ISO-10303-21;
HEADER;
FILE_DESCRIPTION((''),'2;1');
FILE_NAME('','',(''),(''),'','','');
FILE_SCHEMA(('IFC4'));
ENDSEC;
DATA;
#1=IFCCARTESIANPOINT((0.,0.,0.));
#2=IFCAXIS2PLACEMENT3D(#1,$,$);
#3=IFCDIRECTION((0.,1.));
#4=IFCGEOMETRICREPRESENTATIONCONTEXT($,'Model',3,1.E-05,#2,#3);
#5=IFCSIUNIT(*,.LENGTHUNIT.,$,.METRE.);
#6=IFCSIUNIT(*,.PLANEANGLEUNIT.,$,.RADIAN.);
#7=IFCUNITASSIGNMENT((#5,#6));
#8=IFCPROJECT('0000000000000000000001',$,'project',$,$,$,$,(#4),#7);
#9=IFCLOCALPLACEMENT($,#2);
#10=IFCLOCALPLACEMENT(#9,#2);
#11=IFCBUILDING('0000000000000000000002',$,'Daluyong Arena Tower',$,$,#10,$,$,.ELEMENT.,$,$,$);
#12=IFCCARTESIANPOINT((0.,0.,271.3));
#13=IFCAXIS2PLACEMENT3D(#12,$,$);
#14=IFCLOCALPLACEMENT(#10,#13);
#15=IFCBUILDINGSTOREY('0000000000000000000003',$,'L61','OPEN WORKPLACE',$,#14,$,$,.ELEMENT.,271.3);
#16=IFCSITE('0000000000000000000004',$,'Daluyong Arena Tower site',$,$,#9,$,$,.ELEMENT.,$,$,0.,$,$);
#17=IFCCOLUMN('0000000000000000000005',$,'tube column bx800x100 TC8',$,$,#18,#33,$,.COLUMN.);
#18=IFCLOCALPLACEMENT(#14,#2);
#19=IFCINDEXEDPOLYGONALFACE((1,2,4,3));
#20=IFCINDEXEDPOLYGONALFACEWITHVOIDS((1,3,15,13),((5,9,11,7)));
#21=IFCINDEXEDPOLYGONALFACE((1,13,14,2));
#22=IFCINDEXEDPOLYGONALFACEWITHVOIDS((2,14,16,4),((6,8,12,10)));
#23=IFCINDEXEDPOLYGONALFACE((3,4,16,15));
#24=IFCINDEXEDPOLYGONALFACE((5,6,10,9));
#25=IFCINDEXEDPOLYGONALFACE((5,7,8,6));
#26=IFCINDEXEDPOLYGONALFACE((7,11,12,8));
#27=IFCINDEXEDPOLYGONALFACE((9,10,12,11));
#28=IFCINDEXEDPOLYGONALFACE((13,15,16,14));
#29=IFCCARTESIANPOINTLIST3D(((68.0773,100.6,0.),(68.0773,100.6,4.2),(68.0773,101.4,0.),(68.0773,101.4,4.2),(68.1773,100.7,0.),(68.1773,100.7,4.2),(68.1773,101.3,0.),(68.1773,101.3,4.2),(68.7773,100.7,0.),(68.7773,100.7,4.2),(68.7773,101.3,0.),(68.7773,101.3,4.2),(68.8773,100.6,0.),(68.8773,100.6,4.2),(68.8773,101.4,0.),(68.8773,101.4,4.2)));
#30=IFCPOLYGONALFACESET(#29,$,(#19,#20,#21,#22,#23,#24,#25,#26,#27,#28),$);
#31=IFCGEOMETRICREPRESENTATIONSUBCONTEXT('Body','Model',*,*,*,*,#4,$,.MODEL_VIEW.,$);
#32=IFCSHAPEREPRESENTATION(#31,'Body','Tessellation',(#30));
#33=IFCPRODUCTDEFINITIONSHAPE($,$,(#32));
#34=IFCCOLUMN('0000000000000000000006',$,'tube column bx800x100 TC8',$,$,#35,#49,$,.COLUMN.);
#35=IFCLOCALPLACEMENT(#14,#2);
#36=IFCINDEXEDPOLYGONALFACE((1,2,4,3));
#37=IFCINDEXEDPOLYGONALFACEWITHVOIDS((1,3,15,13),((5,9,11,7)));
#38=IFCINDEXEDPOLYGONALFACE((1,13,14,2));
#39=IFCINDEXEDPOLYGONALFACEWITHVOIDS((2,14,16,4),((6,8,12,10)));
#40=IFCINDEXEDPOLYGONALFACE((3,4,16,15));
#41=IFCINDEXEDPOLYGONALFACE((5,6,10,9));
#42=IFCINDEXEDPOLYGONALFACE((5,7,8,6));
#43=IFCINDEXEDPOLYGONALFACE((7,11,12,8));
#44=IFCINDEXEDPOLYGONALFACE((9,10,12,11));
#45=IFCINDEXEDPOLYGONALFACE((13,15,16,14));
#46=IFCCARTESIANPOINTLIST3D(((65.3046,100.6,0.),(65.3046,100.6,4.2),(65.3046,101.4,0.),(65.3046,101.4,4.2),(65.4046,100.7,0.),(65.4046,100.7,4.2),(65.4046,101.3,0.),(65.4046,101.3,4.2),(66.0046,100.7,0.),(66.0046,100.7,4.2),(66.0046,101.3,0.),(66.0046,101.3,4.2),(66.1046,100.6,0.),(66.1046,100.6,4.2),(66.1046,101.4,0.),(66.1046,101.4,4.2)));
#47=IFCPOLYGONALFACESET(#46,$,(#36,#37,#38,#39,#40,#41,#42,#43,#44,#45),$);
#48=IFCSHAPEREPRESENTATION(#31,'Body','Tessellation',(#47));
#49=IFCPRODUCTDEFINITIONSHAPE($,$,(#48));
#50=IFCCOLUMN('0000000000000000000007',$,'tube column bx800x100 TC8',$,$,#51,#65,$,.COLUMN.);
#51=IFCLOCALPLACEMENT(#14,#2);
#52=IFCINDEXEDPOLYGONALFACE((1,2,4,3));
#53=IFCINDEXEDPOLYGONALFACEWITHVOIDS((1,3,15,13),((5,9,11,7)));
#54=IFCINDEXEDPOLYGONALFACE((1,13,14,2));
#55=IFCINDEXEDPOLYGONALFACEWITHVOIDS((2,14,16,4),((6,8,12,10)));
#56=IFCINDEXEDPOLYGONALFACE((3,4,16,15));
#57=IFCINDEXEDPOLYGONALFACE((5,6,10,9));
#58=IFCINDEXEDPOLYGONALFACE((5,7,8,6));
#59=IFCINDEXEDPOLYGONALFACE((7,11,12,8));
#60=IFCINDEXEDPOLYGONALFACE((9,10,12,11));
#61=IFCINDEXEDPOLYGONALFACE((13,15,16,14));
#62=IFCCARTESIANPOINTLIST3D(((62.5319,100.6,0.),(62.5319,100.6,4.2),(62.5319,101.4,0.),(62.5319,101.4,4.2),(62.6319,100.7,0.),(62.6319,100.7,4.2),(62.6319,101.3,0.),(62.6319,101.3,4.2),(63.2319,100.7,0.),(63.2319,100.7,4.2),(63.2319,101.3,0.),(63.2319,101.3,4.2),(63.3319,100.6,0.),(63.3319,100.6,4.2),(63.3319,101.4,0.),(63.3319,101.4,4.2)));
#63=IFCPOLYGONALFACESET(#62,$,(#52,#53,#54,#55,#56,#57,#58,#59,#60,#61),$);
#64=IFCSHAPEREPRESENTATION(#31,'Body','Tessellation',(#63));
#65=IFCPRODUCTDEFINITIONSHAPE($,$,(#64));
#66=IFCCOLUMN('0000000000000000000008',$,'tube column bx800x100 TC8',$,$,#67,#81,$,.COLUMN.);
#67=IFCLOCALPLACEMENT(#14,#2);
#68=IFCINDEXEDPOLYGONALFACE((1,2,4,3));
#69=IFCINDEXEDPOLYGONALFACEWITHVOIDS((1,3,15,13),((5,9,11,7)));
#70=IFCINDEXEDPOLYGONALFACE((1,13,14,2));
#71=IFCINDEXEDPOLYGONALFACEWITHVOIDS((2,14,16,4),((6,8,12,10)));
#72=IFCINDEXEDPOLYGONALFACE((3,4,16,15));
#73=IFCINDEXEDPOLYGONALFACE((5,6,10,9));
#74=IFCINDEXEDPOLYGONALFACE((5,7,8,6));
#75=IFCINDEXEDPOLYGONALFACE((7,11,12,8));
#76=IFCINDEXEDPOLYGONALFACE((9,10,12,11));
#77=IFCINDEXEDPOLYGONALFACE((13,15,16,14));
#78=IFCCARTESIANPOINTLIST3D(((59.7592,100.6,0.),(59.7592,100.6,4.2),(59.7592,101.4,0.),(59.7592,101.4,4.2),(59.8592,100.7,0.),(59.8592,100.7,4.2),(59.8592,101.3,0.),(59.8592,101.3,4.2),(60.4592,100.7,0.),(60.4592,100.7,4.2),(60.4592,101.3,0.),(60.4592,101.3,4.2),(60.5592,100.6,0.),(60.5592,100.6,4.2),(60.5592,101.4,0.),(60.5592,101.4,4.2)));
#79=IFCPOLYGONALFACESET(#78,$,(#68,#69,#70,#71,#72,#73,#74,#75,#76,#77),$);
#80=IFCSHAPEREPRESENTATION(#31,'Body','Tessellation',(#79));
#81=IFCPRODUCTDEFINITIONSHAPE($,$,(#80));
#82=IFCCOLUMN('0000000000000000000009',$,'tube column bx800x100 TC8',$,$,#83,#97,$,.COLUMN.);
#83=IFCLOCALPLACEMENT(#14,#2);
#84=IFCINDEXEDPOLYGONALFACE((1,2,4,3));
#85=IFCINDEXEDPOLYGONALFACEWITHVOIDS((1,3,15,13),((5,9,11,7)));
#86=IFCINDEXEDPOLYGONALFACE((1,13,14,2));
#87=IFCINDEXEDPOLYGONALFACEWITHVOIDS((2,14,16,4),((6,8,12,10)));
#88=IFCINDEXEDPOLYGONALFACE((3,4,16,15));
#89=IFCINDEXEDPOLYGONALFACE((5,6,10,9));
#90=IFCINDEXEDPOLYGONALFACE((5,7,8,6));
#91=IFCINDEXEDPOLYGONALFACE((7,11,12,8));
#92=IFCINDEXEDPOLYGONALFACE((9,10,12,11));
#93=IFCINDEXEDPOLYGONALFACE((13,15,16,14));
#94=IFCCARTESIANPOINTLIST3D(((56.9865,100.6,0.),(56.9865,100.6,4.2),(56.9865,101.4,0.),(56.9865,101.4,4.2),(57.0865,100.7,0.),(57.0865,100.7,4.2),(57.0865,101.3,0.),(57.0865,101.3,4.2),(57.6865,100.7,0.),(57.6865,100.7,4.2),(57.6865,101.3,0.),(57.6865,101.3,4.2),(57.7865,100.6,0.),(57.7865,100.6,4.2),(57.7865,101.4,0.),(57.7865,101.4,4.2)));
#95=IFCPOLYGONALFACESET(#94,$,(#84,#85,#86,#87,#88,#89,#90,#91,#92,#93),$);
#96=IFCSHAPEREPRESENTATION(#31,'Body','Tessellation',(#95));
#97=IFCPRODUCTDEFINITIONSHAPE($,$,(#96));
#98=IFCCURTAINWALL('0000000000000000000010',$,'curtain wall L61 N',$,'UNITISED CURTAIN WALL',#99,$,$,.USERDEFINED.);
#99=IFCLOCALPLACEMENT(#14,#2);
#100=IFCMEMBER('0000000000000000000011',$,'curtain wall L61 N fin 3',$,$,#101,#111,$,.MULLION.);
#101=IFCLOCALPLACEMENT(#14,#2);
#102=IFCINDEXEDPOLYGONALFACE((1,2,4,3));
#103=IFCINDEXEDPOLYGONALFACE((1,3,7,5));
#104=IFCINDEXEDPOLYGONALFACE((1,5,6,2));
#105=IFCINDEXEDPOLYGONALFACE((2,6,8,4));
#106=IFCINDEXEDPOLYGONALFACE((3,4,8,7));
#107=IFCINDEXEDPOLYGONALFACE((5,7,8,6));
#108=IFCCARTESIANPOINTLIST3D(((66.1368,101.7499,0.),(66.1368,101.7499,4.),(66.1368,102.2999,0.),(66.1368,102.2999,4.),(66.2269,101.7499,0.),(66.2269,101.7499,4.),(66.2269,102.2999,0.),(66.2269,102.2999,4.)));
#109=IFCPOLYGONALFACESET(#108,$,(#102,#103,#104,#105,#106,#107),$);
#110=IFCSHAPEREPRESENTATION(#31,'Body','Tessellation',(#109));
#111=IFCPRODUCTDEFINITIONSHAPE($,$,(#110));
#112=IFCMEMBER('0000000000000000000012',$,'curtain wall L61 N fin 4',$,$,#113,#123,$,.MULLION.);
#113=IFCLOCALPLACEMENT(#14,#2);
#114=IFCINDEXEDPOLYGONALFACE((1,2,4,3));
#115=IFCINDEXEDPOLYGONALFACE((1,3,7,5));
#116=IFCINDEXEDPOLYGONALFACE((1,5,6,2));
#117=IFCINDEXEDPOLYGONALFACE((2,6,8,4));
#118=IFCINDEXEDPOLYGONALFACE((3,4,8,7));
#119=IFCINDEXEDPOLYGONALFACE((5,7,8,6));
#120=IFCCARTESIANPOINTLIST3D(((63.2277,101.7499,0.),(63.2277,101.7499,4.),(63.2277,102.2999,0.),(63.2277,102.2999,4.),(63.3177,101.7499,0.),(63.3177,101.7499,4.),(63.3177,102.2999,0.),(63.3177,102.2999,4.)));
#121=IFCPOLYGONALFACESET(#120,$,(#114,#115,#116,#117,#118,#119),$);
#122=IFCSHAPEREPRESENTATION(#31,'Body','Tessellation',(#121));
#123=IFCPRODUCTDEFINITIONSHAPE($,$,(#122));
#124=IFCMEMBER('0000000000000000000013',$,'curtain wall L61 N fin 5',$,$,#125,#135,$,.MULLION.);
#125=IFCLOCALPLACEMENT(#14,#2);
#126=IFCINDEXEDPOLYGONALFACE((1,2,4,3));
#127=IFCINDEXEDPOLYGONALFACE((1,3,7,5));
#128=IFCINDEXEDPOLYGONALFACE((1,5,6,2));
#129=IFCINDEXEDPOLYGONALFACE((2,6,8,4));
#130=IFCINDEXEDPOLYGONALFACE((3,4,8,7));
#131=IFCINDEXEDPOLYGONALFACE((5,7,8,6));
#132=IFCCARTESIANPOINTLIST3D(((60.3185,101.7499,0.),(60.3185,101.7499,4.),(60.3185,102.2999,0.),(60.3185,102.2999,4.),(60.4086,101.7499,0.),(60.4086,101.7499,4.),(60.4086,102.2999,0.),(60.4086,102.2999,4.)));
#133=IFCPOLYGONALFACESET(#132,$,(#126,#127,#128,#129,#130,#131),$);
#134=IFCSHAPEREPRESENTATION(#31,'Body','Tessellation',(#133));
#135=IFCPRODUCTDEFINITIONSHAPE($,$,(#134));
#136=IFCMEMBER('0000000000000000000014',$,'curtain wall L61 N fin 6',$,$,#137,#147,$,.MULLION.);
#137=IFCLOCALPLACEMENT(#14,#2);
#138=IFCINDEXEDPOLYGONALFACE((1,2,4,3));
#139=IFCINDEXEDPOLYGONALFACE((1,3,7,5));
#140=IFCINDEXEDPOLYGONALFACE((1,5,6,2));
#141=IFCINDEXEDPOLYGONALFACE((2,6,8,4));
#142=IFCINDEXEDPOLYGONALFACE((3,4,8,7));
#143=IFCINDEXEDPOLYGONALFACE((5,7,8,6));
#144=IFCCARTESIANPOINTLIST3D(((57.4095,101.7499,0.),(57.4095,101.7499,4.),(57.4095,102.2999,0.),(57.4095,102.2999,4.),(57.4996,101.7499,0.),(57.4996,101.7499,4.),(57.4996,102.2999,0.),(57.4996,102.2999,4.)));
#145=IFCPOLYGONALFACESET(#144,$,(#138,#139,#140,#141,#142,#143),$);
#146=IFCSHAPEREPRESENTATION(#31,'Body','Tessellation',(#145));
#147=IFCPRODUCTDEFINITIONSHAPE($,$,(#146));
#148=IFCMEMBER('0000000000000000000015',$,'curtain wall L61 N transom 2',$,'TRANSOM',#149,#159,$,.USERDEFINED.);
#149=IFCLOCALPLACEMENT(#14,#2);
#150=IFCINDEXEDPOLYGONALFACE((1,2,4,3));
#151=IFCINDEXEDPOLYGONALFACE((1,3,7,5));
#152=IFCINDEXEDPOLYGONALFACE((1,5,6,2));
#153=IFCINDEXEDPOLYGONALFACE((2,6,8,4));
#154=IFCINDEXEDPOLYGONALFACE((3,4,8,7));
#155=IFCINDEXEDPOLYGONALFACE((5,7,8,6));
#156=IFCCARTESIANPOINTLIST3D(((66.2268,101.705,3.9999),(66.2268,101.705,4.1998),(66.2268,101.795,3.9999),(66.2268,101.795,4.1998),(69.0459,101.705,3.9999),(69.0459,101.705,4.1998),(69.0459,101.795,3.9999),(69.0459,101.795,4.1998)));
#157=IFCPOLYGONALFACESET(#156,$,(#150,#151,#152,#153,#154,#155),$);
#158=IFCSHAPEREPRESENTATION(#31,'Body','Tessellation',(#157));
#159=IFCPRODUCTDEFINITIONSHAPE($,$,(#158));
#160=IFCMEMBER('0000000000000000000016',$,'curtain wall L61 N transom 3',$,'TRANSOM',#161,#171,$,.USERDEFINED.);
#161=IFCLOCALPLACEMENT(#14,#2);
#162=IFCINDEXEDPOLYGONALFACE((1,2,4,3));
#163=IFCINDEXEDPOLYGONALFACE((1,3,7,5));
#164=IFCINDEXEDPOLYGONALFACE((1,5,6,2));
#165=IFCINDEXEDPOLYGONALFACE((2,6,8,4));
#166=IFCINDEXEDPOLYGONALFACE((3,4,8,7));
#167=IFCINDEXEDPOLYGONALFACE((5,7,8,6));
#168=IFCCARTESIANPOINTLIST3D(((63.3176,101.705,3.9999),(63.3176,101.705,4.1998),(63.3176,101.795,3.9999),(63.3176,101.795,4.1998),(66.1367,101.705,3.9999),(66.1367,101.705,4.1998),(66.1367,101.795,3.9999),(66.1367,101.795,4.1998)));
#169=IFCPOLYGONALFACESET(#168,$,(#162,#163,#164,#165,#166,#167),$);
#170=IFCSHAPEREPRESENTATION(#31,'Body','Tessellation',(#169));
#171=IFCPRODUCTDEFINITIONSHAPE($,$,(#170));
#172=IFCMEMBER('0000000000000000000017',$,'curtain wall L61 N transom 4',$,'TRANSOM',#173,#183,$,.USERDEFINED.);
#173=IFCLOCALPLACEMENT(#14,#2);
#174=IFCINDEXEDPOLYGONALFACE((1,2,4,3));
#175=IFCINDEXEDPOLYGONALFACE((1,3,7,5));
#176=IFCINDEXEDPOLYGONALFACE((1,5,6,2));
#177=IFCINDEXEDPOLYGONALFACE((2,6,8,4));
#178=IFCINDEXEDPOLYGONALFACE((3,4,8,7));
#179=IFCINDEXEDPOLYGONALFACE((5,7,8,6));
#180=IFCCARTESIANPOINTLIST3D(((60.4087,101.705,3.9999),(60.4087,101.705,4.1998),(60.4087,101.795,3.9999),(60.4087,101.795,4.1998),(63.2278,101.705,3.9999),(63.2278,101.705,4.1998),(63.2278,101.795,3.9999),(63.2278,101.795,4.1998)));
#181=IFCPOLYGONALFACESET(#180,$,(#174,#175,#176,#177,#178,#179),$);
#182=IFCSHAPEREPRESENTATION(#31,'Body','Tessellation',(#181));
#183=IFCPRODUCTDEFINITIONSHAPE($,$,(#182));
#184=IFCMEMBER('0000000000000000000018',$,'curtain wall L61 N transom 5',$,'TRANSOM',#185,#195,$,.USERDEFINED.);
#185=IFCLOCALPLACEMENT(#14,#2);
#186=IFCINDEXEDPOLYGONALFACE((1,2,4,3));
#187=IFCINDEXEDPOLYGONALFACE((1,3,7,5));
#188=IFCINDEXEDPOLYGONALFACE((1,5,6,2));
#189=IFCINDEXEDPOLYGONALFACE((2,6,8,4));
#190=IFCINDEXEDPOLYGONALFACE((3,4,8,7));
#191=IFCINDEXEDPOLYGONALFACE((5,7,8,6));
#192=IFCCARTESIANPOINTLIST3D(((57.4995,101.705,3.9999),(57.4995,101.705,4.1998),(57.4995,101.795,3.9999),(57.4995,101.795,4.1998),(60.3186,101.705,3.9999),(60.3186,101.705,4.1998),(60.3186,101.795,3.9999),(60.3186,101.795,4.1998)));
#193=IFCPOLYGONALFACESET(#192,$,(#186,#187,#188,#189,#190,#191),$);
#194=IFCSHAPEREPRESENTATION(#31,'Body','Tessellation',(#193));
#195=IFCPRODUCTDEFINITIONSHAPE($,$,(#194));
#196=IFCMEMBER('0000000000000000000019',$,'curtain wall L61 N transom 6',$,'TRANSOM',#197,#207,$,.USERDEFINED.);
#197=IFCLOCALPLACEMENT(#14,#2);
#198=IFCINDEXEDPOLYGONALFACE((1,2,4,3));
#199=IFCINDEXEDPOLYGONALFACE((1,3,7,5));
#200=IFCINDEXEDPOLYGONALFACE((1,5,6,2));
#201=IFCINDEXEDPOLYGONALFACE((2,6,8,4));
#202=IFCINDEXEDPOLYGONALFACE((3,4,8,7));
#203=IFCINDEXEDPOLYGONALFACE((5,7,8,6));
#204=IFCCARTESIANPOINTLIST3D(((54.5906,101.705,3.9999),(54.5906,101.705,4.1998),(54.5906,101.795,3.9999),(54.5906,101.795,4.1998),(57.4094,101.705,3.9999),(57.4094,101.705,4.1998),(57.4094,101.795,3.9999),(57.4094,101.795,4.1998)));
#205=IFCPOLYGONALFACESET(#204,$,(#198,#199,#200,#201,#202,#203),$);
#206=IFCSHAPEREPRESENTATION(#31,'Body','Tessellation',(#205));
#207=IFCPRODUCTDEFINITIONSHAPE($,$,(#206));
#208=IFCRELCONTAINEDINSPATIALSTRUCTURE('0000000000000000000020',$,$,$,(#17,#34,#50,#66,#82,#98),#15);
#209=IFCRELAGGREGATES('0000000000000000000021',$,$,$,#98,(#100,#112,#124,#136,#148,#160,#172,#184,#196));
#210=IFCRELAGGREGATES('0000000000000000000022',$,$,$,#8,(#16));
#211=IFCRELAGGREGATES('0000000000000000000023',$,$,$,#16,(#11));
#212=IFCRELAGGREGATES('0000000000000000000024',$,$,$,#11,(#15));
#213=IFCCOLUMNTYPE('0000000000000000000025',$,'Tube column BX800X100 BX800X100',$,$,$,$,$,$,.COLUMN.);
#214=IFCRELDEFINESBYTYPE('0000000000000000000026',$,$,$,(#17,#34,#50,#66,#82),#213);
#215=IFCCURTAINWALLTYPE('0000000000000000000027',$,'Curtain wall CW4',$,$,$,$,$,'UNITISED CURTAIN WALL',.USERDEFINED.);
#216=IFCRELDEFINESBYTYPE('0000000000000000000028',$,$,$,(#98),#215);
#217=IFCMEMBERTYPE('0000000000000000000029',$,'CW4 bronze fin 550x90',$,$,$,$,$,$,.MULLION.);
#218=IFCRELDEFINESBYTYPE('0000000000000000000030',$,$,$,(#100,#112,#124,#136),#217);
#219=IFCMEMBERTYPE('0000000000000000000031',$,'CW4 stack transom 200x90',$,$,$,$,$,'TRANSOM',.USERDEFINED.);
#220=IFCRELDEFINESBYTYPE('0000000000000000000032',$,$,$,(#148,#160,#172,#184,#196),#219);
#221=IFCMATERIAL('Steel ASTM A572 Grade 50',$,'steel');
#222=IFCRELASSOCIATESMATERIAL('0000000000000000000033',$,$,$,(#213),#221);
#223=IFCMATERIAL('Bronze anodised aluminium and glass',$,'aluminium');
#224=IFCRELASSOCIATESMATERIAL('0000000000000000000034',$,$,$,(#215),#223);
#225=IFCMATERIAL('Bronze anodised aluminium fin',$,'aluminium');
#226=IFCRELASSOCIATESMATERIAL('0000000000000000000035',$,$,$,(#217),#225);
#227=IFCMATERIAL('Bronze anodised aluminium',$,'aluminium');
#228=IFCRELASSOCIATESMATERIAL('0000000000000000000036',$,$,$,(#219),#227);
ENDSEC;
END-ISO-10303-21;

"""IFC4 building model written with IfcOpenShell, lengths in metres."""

from ifc_helpers import new_model, si_unit, direction, frame, origin, origin_2d, place, context, subcontext, project, spatial, rectangle, hollow_rectangle, extrude, material, material_profile, profile_set, type_object, element, aggregate, save


model = new_model("IFC4")

# Units and contexts
model_context = context("Model", 3, precision=1e-05, world=origin(), true_north=direction((0.0, 1.0)))
body_context = subcontext(model_context, "Body", "Model", "MODEL_VIEW")
ifc_project = project(units=[si_unit("LENGTHUNIT", "METRE"), si_unit("PLANEANGLEUNIT", "RADIAN")], contexts=[model_context])

# Site, building, storey
site_placement = place(None, origin())
site = spatial("IfcSite", under=ifc_project, at=site_placement, Name="Daluyong Arena Tower site", CompositionType="ELEMENT", RefElevation=0.0)
building_placement = place(site_placement, origin())
building = spatial("IfcBuilding", under=site, at=building_placement, Name="Daluyong Arena Tower", CompositionType="ELEMENT")
storey_placement = place(building_placement, frame((0.0, 0.0, 271.3)))
storey = spatial("IfcBuildingStorey", under=building, at=storey_placement, Name="L61", Description="OPEN WORKPLACE", CompositionType="ELEMENT", Elevation=271.3)

# Columns
ifc_material_1 = material(Name="Steel ASTM A572 Grade 50", Category="steel")
ifc_material_profile_1 = material_profile(ifc_material_1, hollow_rectangle(XDim=0.8, YDim=0.8, WallThickness=0.1, at=origin_2d()))
ifc_profile_set_1 = profile_set([ifc_material_profile_1], Name="Steel ASTM A572 Grade 50")
column_type = type_object("IfcColumnType", Name="Tube column BX800X100 BX800X100", PredefinedType="COLUMN", material=ifc_profile_set_1)
for number, where, z_axis, x_axis, name in (
    (1, (68.4773, 101.0, 0.0), (0.0, 0.0, 1.0), (1.0, 0.0, 0.0), "tube column bx800x100 TC8"),
    (2, (65.7046, 101.0, 0.0), (0.0, 0.0, 1.0), (1.0, 0.0, 0.0), "tube column bx800x100 TC8"),
    (3, (62.9319, 101.0, 0.0), (0.0, 0.0, 1.0), (1.0, 0.0, 0.0), "tube column bx800x100 TC8"),
    (4, (60.1592, 101.0, 0.0), (0.0, 0.0, 1.0), (1.0, 0.0, 0.0), "tube column bx800x100 TC8"),
    (5, (57.3865, 101.0, 0.0), (0.0, 0.0, 1.0), (1.0, 0.0, 0.0), "tube column bx800x100 TC8"),
):
    element("IfcColumn", number, at=place(storey_placement, frame(where, z_axis=z_axis, x_axis=x_axis)), inside=storey, type_object=column_type, Name=name, PredefinedType="COLUMN", context=body_context, shape_type="SweptSolid", body=[
        extrude(hollow_rectangle(XDim=0.8, YDim=0.8, WallThickness=0.1, at=origin_2d()), origin(), (0.0, 0.0, 1.0), 4.2),
    ])

# Curtain wall, members
ifc_material_2 = material(Name="Bronze anodised aluminium and glass", Category="aluminium")
curtain_wall_type = type_object("IfcCurtainWallType", Name="Curtain wall CW4", ElementType="UNITISED CURTAIN WALL", PredefinedType="USERDEFINED", material=ifc_material_2)
curtain_wall_placement = place(storey_placement, origin())
curtain_wall = element("IfcCurtainWall", 6, at=curtain_wall_placement, inside=storey, type_object=curtain_wall_type, Name="curtain wall L61 N", ObjectType="UNITISED CURTAIN WALL", PredefinedType="USERDEFINED")
ifc_material_3 = material(Name="Bronze anodised aluminium fin", Category="aluminium")
ifc_material_profile_2 = material_profile(ifc_material_3, rectangle(XDim=0.55, YDim=0.0901, at=origin_2d()))
ifc_profile_set_2 = profile_set([ifc_material_profile_2], Name="Bronze anodised aluminium fin")
member_type_1 = type_object("IfcMemberType", Name="CW4 bronze fin 550x90", PredefinedType="MULLION", material=ifc_profile_set_2)
member_1_placement = place(storey_placement, frame((66.1819, 102.0249, 0.0), z_axis=(0.0, 0.0, 1.0), x_axis=(0.0, -1.0, 0.0)))
member_1 = element("IfcMember", 7, at=member_1_placement, type_object=member_type_1, Name="curtain wall L61 N fin 3", PredefinedType="MULLION", context=body_context, shape_type="SweptSolid", body=[
    extrude(rectangle(XDim=0.55, YDim=0.0901, at=origin_2d()), origin(), (0.0, 0.0, 1.0), 4.0),
])
member_2_placement = place(storey_placement, frame((63.2727, 102.0249, 0.0), z_axis=(0.0, 0.0, 1.0), x_axis=(0.0, -1.0, 0.0)))
member_2 = element("IfcMember", 8, at=member_2_placement, type_object=member_type_1, Name="curtain wall L61 N fin 4", PredefinedType="MULLION", context=body_context, shape_type="SweptSolid", body=[
    extrude(rectangle(XDim=0.55, YDim=0.0901, at=origin_2d()), origin(), (0.0, 0.0, 1.0), 4.0),
])
member_3_placement = place(storey_placement, frame((60.3635, 102.0249, 0.0), z_axis=(0.0, 0.0, 1.0), x_axis=(0.0, -1.0, 0.0)))
member_3 = element("IfcMember", 9, at=member_3_placement, type_object=member_type_1, Name="curtain wall L61 N fin 5", PredefinedType="MULLION", context=body_context, shape_type="SweptSolid", body=[
    extrude(rectangle(XDim=0.55, YDim=0.0901, at=origin_2d()), origin(), (0.0, 0.0, 1.0), 4.0),
])
member_4_placement = place(storey_placement, frame((57.4546, 102.0249, 0.0), z_axis=(0.0, 0.0, 1.0), x_axis=(0.0, -1.0, 0.0)))
member_4 = element("IfcMember", 10, at=member_4_placement, type_object=member_type_1, Name="curtain wall L61 N fin 6", PredefinedType="MULLION", context=body_context, shape_type="SweptSolid", body=[
    extrude(rectangle(XDim=0.55, YDim=0.0901, at=origin_2d()), origin(), (0.0, 0.0, 1.0), 4.0),
])
ifc_material_4 = material(Name="Bronze anodised aluminium", Category="aluminium")
ifc_material_profile_3 = material_profile(ifc_material_4, rectangle(XDim=0.0901, YDim=0.2, at=origin_2d()))
ifc_profile_set_3 = profile_set([ifc_material_profile_3], Name="Bronze anodised aluminium")
member_type_2 = type_object("IfcMemberType", Name="CW4 stack transom 200x90", ElementType="TRANSOM", PredefinedType="USERDEFINED", material=ifc_profile_set_3)
member_5_placement = place(storey_placement, frame((69.0459, 101.75, 4.0999), z_axis=(-1.0, 0.0, 0.0), x_axis=(0.0, -1.0, 0.0)))
member_5 = element("IfcMember", 11, at=member_5_placement, type_object=member_type_2, Name="curtain wall L61 N transom 2", ObjectType="TRANSOM", PredefinedType="USERDEFINED", context=body_context, shape_type="SweptSolid", body=[
    extrude(rectangle(XDim=0.0901, YDim=0.2, at=origin_2d()), origin(), (0.0, 0.0, 1.0), 2.8191),
])
member_6_placement = place(storey_placement, frame((66.1367, 101.75, 4.0999), z_axis=(-1.0, 0.0, 0.0), x_axis=(0.0, -1.0, 0.0)))
member_6 = element("IfcMember", 12, at=member_6_placement, type_object=member_type_2, Name="curtain wall L61 N transom 3", ObjectType="TRANSOM", PredefinedType="USERDEFINED", context=body_context, shape_type="SweptSolid", body=[
    extrude(rectangle(XDim=0.0901, YDim=0.2, at=origin_2d()), origin(), (0.0, 0.0, 1.0), 2.8191),
])
member_7_placement = place(storey_placement, frame((63.2278, 101.75, 4.0999), z_axis=(-1.0, 0.0, 0.0), x_axis=(0.0, -1.0, 0.0)))
member_7 = element("IfcMember", 13, at=member_7_placement, type_object=member_type_2, Name="curtain wall L61 N transom 4", ObjectType="TRANSOM", PredefinedType="USERDEFINED", context=body_context, shape_type="SweptSolid", body=[
    extrude(rectangle(XDim=0.0901, YDim=0.2, at=origin_2d()), origin(), (0.0, 0.0, 1.0), 2.8191),
])
member_8_placement = place(storey_placement, frame((60.3186, 101.75, 4.0999), z_axis=(-1.0, 0.0, 0.0), x_axis=(0.0, -1.0, 0.0)))
member_8 = element("IfcMember", 14, at=member_8_placement, type_object=member_type_2, Name="curtain wall L61 N transom 5", ObjectType="TRANSOM", PredefinedType="USERDEFINED", context=body_context, shape_type="SweptSolid", body=[
    extrude(rectangle(XDim=0.0901, YDim=0.2, at=origin_2d()), origin(), (0.0, 0.0, 1.0), 2.8191),
])
member_9_placement = place(storey_placement, frame((57.4094, 101.75, 4.0999), z_axis=(-1.0, 0.0, 0.0), x_axis=(0.0, -1.0, 0.0)))
member_9 = element("IfcMember", 15, at=member_9_placement, type_object=member_type_2, Name="curtain wall L61 N transom 6", ObjectType="TRANSOM", PredefinedType="USERDEFINED", context=body_context, shape_type="SweptSolid", body=[
    extrude(rectangle(XDim=0.0901, YDim=0.2, at=origin_2d()), origin(), (0.0, 0.0, 1.0), 2.8188),
])

aggregate(curtain_wall, [member_1, member_2, member_3, member_4, member_5, member_6, member_7, member_8, member_9])

save(model, "model.ifc")
